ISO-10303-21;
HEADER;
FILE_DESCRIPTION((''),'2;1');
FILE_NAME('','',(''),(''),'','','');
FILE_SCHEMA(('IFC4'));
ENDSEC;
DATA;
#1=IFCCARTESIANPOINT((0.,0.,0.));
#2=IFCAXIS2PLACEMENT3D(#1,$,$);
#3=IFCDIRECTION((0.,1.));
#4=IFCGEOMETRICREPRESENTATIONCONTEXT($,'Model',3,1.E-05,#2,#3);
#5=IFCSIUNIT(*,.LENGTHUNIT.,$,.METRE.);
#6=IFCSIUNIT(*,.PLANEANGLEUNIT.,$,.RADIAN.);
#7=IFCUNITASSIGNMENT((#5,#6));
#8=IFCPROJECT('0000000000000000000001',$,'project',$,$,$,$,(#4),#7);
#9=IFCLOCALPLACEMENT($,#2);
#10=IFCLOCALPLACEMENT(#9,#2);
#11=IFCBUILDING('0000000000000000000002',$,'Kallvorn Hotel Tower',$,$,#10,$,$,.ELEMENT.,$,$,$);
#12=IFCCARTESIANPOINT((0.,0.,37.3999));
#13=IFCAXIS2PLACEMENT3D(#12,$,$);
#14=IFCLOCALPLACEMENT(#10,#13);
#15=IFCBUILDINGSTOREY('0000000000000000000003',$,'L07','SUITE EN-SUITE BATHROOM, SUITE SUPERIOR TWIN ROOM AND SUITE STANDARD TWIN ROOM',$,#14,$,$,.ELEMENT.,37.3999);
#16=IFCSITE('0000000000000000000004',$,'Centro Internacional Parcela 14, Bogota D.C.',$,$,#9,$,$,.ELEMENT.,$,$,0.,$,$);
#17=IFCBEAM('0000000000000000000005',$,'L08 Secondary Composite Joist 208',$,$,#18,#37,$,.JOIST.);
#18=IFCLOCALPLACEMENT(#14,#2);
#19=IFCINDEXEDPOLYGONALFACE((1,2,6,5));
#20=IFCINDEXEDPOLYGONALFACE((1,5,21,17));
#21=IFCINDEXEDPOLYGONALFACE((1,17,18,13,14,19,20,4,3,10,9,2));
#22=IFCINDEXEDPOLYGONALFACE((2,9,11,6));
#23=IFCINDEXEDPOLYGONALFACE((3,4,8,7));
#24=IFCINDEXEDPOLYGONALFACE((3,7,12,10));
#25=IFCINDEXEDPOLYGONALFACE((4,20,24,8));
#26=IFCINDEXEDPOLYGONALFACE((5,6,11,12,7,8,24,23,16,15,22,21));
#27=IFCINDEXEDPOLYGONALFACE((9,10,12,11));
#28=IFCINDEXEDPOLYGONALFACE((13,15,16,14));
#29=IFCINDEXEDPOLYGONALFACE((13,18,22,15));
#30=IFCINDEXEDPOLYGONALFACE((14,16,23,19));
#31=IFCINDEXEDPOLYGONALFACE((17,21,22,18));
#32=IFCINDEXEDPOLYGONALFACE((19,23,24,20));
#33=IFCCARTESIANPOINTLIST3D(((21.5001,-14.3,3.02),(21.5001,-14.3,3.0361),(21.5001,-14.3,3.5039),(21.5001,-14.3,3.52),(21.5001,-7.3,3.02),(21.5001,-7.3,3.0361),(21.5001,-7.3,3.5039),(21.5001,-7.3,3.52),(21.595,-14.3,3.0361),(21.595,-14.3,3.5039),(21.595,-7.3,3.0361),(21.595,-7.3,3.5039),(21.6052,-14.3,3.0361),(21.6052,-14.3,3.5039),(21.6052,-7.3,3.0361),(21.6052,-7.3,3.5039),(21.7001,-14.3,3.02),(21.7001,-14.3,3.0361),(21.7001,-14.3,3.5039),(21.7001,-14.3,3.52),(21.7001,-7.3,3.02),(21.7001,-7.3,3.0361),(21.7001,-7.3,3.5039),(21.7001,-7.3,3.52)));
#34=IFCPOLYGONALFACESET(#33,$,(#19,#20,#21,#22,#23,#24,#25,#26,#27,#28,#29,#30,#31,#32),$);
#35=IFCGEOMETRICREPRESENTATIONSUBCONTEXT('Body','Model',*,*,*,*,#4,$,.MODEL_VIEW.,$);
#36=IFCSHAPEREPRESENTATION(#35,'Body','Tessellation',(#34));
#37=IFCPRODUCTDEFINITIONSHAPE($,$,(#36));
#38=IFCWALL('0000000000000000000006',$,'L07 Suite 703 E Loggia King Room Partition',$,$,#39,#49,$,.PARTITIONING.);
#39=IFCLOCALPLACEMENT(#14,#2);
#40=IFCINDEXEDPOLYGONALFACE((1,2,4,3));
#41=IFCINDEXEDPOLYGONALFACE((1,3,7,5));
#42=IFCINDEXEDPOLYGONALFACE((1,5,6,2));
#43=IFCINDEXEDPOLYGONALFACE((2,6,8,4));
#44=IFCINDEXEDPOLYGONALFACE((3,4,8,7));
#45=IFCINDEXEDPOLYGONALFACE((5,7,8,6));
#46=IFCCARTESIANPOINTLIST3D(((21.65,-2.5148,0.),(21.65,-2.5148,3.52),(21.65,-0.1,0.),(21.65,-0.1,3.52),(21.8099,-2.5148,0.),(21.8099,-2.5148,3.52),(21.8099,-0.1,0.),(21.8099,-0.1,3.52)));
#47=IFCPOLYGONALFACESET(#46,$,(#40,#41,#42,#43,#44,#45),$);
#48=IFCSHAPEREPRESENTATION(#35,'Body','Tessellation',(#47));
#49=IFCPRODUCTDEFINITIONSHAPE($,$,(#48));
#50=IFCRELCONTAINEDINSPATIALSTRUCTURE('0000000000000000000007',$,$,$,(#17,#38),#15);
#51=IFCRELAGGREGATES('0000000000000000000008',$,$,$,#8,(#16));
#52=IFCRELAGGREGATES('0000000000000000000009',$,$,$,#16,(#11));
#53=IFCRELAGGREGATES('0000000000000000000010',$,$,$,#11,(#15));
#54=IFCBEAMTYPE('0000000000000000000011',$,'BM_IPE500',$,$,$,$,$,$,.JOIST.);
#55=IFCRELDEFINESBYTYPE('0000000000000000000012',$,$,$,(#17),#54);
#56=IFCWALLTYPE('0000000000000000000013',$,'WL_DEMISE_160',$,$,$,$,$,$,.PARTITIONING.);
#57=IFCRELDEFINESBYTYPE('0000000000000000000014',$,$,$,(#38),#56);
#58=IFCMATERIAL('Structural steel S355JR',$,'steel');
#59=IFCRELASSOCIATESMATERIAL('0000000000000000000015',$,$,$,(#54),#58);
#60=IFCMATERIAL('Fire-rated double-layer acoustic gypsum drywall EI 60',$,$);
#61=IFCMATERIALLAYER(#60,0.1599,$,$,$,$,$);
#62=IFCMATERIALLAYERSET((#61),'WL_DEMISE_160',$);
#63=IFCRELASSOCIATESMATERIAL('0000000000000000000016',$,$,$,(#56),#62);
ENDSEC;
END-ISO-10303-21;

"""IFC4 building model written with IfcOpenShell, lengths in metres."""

from ifc_helpers import new_model, si_unit, direction, frame, frame_2d, origin, origin_2d, place, context, subcontext, project, spatial, rectangle, i_section, extrude, material, layer, layer_set, material_profile, profile_set, type_object, element, save


model = new_model("IFC4")

# Units and contexts
model_context = context("Model", 3, precision=1e-05, world=origin(), true_north=direction((0.0, 1.0)))
body_context = subcontext(model_context, "Body", "Model", "MODEL_VIEW")
ifc_project = project(units=[si_unit("LENGTHUNIT", "METRE"), si_unit("PLANEANGLEUNIT", "RADIAN")], contexts=[model_context])

# Site, building, storey
site_placement = place(None, origin())
site = spatial("IfcSite", under=ifc_project, at=site_placement, Name="Centro Internacional Parcela 14, Bogota D.C.", CompositionType="ELEMENT", RefElevation=0.0)
building_placement = place(site_placement, origin())
building = spatial("IfcBuilding", under=site, at=building_placement, Name="Kallvorn Hotel Tower", CompositionType="ELEMENT")
storey_placement = place(building_placement, frame((0.0, 0.0, 37.3999)))
storey = spatial("IfcBuildingStorey", under=building, at=storey_placement, Name="L07", Description="SUITE EN-SUITE BATHROOM, SUITE SUPERIOR TWIN ROOM AND SUITE STANDARD TWIN ROOM", CompositionType="ELEMENT", Elevation=37.3999)

# Beam
ifc_material_1 = material(Name="Structural steel S355JR", Category="steel")
ifc_material_profile_1 = material_profile(ifc_material_1, i_section(OverallWidth=0.2, OverallDepth=0.5, WebThickness=0.0103, FlangeThickness=0.0161, at=origin_2d()), Name="IPE 500")
ifc_profile_set_1 = profile_set([ifc_material_profile_1], Name="Structural steel S355JR")
beam_type_1 = type_object("IfcBeamType", Name="BM_IPE500", PredefinedType="JOIST", material=ifc_profile_set_1)
beam_1_placement = place(storey_placement, frame((21.6001, -14.3, 3.27), z_axis=(0.0, 1.0, 0.0), x_axis=(-1.0, 0.0, 0.0)))
element("IfcBeam", 1, at=beam_1_placement, inside=storey, type_object=beam_type_1, Name="L08 Secondary Composite Joist 208", PredefinedType="JOIST", context=body_context, shape_type="SweptSolid", body=[
    extrude(i_section(OverallWidth=0.2, OverallDepth=0.5, WebThickness=0.0103, FlangeThickness=0.0161, at=origin_2d()), origin(), (0.0, 0.0, 1.0), 7.0),
])

# Wall
ifc_material_2 = material(Name="Fire-rated double-layer acoustic gypsum drywall EI 60")
ifc_layer = layer(ifc_material_2, 0.1599)
ifc_layer_set = layer_set([ifc_layer], Name="WL_DEMISE_160")
wall_type = type_object("IfcWallType", Name="WL_DEMISE_160", PredefinedType="PARTITIONING", material=ifc_layer_set)
wall_placement = place(storey_placement, frame((21.73, -2.5149, 0.0), z_axis=(0.0, 0.0, 1.0), x_axis=(0.0, 1.0, 0.0)))
element("IfcWall", 2, at=wall_placement, inside=storey, type_object=wall_type, Name="L07 Suite 703 E Loggia King Room Partition", PredefinedType="PARTITIONING", context=body_context, shape_type="SweptSolid", body=[
    extrude(rectangle(XDim=2.4148, YDim=0.1599, at=frame_2d((1.2075, 0.0))), origin(), (0.0, 0.0, 1.0), 3.52),
])

save(model, "model.ifc")
